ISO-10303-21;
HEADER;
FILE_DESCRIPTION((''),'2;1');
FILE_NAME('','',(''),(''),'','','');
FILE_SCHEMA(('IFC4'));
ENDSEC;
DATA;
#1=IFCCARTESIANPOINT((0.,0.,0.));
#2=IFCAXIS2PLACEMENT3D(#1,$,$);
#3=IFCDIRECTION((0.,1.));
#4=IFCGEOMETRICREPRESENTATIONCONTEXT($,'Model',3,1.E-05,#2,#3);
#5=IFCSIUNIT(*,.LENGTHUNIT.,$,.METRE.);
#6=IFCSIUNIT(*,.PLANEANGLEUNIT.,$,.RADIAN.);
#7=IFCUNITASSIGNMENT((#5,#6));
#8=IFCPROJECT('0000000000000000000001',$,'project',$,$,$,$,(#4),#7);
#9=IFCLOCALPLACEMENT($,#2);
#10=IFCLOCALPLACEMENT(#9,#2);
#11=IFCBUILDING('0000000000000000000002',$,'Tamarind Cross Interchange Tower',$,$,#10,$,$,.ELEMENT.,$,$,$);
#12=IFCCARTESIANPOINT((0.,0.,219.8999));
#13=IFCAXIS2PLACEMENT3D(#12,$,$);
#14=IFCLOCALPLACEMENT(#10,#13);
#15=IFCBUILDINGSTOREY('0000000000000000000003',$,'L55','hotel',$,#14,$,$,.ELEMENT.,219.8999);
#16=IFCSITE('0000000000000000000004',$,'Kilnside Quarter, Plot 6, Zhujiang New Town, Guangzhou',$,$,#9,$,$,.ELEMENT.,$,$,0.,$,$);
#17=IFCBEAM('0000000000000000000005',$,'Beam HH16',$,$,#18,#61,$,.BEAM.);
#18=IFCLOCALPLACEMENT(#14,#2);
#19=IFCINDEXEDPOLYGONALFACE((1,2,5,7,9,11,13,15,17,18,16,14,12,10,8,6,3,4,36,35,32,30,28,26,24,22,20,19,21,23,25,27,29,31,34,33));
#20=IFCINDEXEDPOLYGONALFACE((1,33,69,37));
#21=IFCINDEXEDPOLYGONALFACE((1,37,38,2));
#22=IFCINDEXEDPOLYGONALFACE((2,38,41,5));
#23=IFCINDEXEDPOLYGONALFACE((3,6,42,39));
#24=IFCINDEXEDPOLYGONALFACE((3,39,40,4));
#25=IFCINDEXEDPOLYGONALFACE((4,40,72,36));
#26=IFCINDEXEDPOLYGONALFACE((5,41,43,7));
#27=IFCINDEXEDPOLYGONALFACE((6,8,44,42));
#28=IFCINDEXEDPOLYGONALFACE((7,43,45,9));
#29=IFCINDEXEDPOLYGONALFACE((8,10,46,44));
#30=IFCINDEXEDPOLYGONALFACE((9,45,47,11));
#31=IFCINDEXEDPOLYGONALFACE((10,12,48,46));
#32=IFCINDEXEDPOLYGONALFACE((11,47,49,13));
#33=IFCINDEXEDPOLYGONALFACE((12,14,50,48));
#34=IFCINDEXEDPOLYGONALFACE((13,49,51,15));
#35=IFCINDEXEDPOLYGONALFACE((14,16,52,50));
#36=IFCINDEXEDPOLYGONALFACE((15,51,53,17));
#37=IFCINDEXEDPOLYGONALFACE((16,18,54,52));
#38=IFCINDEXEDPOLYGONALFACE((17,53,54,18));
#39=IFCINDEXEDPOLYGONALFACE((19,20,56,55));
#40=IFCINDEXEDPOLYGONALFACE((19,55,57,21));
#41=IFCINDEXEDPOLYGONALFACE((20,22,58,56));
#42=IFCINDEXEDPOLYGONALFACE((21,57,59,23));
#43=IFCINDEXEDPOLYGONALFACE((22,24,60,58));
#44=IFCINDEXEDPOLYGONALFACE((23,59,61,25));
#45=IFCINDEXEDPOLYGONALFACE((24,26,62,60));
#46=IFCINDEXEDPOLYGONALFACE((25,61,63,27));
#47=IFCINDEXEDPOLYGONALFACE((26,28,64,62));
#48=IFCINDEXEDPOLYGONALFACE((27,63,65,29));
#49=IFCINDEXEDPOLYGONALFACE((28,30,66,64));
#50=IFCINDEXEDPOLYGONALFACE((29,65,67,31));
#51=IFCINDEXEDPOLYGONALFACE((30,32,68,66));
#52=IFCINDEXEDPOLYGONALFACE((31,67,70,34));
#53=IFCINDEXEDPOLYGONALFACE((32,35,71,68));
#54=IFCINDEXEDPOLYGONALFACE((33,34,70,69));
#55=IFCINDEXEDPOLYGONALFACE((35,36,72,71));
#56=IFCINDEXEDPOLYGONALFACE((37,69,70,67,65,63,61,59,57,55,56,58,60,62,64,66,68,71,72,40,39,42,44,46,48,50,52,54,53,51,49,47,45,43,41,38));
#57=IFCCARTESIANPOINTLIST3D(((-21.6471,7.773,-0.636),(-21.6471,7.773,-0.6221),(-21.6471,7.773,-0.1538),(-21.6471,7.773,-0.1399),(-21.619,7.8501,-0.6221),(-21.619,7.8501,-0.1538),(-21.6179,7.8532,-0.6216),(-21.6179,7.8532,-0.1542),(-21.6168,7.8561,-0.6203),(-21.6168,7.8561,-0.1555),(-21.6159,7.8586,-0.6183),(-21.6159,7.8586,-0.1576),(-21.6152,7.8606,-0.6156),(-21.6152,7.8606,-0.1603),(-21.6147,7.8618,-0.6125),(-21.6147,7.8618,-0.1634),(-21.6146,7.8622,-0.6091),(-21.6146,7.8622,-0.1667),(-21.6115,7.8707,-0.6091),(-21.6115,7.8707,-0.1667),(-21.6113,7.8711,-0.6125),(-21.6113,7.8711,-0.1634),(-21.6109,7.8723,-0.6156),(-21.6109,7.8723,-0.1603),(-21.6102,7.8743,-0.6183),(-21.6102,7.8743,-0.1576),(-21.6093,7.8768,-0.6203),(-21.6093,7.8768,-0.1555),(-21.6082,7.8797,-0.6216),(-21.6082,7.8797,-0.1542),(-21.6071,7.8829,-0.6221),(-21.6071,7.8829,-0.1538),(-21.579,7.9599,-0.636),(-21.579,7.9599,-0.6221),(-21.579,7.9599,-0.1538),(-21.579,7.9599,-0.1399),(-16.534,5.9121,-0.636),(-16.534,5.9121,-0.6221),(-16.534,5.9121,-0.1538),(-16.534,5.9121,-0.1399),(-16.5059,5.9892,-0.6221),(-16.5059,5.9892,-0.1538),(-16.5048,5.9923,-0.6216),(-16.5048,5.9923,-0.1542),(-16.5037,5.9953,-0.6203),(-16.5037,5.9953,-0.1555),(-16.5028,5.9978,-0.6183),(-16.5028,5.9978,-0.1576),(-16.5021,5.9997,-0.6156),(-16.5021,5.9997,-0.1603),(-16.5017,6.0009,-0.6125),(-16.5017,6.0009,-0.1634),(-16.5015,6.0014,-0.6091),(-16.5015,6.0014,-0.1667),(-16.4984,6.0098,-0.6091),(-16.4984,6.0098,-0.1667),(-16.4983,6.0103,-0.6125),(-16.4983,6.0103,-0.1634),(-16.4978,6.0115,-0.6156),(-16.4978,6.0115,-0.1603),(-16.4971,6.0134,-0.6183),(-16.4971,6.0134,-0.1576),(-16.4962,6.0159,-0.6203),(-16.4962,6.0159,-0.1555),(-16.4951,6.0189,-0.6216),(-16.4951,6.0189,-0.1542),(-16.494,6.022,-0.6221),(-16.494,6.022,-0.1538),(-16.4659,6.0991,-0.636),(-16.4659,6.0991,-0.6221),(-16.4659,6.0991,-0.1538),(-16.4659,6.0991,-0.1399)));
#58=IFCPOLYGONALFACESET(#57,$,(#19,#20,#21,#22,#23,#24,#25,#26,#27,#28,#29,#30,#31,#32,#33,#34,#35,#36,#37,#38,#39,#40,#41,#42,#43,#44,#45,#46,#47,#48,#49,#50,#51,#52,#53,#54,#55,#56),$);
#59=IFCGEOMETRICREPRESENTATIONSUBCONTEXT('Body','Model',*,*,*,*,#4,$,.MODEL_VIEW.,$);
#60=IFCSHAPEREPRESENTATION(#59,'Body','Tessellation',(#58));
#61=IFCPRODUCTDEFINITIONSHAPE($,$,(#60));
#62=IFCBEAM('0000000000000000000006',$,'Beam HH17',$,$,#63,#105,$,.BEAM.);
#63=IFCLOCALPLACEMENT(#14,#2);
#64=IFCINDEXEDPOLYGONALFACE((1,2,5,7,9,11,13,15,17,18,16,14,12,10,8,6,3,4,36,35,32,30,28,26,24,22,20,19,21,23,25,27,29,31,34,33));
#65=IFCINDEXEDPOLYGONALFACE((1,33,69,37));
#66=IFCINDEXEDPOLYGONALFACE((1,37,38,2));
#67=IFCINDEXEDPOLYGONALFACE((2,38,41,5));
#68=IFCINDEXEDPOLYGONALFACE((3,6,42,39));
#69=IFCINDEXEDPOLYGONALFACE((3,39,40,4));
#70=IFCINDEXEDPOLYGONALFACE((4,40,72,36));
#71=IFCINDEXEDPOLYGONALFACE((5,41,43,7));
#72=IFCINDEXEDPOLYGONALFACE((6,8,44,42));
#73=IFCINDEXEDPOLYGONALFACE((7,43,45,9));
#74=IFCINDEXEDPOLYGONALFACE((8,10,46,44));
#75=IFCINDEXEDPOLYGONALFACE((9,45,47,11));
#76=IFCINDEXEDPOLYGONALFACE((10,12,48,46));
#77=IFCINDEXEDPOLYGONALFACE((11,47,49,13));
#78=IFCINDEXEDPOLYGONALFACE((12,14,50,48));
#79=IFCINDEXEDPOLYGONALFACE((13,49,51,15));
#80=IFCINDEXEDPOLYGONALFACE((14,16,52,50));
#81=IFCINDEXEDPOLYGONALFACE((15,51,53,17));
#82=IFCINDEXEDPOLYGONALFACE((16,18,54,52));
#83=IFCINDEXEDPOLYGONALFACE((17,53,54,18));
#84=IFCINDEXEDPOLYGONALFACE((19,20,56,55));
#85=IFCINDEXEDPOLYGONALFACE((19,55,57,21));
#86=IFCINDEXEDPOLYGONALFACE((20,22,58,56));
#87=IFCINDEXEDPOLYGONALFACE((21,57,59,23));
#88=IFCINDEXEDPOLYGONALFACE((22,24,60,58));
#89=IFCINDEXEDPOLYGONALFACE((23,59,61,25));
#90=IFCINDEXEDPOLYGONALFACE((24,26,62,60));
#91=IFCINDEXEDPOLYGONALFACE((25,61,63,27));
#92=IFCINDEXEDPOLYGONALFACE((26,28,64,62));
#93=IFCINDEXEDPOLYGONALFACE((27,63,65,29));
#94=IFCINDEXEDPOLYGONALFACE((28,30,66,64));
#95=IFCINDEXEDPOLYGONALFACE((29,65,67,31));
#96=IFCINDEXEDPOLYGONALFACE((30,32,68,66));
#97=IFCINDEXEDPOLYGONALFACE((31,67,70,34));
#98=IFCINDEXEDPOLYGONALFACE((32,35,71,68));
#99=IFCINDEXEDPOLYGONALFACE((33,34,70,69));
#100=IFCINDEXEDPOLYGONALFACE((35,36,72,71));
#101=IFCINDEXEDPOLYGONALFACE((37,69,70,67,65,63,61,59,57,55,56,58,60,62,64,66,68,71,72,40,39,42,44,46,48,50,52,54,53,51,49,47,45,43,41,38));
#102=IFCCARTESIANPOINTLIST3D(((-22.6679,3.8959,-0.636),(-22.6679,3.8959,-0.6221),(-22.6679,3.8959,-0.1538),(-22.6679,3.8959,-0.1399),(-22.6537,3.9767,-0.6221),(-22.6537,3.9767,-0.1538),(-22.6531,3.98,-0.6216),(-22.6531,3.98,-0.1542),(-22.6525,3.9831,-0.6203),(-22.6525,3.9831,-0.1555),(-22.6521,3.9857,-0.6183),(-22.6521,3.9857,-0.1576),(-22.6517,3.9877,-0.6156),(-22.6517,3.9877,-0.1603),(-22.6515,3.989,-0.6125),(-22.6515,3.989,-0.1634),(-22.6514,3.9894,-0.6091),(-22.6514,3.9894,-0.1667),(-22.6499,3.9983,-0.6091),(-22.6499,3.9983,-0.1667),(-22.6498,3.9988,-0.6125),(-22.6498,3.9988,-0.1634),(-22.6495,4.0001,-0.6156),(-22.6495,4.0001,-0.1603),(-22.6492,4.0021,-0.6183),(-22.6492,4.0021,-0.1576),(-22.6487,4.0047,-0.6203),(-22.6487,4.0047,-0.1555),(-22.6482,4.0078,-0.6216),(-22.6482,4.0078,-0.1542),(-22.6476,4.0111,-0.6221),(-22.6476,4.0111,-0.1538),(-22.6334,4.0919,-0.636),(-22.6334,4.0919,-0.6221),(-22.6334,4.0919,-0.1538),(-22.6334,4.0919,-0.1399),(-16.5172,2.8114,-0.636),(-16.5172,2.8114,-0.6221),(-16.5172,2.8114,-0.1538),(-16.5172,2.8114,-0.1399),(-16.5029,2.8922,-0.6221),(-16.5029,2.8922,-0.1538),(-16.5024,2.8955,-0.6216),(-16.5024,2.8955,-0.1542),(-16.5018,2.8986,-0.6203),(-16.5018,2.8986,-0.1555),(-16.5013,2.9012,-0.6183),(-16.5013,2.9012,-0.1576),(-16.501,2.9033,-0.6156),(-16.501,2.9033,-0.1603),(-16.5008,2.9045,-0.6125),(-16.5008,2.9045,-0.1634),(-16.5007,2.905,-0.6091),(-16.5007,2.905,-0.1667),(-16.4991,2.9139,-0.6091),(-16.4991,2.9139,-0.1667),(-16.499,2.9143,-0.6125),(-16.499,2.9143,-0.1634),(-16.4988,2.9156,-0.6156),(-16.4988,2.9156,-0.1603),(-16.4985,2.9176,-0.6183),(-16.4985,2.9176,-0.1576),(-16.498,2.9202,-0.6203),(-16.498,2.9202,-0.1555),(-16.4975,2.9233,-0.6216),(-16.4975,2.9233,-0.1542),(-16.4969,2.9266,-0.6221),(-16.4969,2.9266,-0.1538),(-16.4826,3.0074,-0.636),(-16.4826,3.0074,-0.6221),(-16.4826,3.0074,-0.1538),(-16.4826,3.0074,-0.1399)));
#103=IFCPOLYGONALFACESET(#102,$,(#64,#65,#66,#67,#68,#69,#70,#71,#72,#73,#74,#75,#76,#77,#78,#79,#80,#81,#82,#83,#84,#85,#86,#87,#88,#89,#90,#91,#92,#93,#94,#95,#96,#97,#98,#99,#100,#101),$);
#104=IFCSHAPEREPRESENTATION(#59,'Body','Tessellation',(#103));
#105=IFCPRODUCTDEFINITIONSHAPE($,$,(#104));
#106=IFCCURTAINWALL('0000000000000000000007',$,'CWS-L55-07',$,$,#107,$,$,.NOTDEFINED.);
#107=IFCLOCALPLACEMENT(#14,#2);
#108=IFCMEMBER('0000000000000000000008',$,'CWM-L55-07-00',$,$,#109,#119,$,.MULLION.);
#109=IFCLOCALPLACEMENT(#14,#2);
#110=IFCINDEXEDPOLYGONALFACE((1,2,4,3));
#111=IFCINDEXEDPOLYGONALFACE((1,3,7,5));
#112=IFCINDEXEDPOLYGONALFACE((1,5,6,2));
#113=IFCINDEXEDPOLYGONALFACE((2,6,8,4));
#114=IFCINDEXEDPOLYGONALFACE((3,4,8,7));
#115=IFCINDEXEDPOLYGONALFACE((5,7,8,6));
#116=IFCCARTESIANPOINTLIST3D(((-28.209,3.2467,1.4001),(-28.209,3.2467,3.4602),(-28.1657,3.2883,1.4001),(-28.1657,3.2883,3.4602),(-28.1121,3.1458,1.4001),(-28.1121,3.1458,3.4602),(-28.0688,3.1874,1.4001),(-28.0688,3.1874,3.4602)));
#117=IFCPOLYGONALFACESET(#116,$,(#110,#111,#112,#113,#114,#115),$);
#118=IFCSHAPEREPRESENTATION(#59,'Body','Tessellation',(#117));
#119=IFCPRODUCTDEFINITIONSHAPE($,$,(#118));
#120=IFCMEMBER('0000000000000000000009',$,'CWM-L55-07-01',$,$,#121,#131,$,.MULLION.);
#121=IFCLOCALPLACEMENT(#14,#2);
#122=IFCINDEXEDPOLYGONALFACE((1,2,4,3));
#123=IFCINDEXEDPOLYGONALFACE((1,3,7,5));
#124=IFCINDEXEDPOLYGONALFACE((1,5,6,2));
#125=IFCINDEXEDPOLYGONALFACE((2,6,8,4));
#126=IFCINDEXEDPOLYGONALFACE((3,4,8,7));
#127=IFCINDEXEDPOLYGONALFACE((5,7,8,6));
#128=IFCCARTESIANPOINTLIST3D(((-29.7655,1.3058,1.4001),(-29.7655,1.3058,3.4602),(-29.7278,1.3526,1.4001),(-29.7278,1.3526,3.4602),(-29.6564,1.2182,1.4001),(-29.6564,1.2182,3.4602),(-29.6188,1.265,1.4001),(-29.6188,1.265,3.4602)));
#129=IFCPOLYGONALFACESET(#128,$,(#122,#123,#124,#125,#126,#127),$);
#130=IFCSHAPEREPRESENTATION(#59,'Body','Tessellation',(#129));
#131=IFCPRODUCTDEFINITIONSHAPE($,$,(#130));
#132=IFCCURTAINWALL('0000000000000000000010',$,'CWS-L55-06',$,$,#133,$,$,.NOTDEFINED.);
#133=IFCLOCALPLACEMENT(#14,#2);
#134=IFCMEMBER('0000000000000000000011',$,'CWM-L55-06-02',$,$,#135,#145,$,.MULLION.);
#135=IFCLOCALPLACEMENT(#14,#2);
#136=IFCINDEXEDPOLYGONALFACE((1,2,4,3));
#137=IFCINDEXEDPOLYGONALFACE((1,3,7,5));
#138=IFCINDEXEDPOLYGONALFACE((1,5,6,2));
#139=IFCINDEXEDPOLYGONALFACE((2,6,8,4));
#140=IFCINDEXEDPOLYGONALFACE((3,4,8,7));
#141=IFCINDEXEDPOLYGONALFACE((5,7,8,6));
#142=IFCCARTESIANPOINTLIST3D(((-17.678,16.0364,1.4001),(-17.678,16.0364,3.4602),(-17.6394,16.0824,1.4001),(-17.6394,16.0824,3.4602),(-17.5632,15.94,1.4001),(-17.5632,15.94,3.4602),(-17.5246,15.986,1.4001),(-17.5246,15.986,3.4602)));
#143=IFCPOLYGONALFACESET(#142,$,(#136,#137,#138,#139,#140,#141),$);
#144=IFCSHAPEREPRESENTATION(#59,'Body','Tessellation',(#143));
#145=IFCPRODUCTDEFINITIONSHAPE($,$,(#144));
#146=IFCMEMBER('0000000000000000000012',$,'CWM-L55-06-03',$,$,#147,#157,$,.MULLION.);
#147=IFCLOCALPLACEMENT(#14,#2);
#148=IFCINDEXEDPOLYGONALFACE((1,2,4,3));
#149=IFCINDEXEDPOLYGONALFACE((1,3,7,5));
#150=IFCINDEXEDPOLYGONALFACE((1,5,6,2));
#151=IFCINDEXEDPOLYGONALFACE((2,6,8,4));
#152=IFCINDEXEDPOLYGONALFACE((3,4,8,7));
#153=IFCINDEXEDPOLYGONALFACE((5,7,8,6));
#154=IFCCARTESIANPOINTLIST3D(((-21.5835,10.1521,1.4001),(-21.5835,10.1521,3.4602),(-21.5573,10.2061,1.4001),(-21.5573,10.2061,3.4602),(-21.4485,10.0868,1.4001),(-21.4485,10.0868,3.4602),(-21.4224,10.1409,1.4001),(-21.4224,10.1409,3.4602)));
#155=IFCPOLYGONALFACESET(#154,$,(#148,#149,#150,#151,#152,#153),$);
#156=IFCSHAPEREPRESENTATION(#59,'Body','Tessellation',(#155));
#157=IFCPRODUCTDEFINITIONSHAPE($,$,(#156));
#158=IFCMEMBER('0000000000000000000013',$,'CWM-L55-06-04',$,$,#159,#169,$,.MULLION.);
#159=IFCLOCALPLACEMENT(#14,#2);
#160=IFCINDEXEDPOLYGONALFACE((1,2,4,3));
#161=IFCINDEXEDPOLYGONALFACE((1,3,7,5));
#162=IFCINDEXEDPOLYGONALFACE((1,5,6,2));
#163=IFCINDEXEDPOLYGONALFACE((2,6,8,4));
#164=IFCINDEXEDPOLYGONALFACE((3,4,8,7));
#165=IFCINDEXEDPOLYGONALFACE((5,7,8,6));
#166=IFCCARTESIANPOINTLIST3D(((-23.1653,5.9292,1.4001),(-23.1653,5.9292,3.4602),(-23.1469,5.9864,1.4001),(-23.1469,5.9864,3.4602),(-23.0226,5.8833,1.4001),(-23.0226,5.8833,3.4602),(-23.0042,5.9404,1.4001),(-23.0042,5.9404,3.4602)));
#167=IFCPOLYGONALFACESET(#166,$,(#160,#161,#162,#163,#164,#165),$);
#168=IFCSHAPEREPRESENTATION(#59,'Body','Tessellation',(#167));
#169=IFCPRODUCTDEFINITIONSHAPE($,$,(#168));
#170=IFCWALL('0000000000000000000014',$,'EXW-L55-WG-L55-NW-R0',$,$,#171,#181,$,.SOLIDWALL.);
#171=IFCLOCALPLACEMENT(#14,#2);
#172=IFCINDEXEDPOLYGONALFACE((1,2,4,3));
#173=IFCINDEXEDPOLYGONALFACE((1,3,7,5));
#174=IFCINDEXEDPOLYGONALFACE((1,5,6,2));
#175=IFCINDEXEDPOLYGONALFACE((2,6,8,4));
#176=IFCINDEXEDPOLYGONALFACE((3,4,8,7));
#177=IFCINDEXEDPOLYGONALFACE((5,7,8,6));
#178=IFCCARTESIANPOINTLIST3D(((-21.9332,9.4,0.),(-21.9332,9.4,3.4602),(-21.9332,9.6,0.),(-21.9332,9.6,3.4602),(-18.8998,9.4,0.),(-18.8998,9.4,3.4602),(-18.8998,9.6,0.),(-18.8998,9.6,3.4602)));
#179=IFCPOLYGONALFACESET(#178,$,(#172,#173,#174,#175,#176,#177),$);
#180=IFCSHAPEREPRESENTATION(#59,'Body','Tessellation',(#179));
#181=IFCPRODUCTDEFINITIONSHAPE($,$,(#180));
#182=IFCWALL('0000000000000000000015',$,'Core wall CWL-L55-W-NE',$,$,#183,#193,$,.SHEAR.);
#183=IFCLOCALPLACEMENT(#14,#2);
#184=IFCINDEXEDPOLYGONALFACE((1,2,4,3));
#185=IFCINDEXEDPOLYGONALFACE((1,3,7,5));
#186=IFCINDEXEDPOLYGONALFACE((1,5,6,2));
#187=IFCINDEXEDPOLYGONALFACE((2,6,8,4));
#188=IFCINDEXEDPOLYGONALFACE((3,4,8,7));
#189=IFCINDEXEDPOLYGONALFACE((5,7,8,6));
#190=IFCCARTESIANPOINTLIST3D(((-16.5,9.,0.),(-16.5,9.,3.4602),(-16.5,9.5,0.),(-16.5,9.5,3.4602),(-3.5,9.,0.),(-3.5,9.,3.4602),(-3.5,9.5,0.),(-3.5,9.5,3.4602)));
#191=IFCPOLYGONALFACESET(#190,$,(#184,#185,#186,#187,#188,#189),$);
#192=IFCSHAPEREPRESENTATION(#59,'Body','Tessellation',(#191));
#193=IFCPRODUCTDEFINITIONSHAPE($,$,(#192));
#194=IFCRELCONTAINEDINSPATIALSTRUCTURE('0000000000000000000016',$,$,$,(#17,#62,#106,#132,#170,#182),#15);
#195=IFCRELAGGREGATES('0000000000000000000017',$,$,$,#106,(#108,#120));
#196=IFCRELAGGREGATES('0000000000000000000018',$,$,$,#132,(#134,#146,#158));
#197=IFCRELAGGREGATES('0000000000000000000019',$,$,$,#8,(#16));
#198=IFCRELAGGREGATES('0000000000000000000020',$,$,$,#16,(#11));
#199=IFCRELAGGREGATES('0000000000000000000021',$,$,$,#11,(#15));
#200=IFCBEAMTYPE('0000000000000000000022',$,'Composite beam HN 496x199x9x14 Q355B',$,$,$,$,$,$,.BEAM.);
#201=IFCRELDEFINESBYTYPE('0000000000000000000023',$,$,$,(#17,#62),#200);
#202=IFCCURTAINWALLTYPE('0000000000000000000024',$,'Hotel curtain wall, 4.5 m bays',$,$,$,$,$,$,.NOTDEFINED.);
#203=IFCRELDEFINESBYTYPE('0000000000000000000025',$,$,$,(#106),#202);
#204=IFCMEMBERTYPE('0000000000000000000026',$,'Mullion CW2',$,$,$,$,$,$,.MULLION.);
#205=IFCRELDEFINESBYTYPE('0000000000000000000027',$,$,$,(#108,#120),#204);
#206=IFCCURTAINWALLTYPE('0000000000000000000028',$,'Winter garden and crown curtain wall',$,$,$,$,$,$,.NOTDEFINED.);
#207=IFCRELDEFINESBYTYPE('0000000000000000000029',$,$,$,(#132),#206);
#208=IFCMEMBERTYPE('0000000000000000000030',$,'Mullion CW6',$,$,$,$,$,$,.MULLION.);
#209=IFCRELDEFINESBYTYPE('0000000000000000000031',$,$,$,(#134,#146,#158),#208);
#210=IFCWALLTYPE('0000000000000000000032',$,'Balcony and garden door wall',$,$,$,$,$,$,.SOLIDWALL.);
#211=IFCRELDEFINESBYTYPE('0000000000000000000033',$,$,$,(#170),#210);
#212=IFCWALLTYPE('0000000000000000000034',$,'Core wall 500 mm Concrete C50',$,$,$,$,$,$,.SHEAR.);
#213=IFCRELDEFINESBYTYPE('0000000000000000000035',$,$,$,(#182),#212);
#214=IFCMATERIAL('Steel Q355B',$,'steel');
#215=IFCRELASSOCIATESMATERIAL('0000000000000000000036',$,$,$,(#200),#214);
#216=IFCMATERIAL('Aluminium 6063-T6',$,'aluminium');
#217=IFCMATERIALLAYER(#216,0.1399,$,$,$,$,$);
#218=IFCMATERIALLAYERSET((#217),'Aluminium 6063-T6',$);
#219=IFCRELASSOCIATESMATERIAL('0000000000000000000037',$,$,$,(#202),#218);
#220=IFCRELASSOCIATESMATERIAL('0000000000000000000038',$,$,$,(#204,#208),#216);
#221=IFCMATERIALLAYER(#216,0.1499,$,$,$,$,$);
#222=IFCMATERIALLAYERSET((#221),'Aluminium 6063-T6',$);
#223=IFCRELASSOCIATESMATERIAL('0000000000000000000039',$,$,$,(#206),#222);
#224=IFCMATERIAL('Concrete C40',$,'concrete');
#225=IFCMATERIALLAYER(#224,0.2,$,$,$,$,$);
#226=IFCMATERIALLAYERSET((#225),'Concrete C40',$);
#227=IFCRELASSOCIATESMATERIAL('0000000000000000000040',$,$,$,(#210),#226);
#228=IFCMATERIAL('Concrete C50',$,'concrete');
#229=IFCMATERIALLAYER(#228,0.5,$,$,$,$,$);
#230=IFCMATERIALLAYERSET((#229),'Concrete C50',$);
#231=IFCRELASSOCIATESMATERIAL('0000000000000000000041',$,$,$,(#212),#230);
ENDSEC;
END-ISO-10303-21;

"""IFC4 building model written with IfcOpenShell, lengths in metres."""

from ifc_helpers import new_model, si_unit, direction, frame, frame_2d, origin, origin_2d, place, context, subcontext, project, spatial, rectangle, i_section, extrude, material, layer, layer_set, material_profile, profile_set, type_object, element, aggregate, save


model = new_model("IFC4")

# Units and contexts
model_context = context("Model", 3, precision=1e-05, world=origin(), true_north=direction((0.0, 1.0)))
body_context = subcontext(model_context, "Body", "Model", "MODEL_VIEW")
ifc_project = project(units=[si_unit("LENGTHUNIT", "METRE"), si_unit("PLANEANGLEUNIT", "RADIAN")], contexts=[model_context])

# Site, building, storey
site_placement = place(None, origin())
site = spatial("IfcSite", under=ifc_project, at=site_placement, Name="Kilnside Quarter, Plot 6, Zhujiang New Town, Guangzhou", CompositionType="ELEMENT", RefElevation=0.0)
building_placement = place(site_placement, origin())
building = spatial("IfcBuilding", under=site, at=building_placement, Name="Tamarind Cross Interchange Tower", CompositionType="ELEMENT")
storey_placement = place(building_placement, frame((0.0, 0.0, 219.8999)))
storey = spatial("IfcBuildingStorey", under=building, at=storey_placement, Name="L55", Description="hotel", CompositionType="ELEMENT", Elevation=219.8999)

# Shared definitions
ifc_material_1 = material(Name="Concrete C50", Category="concrete")

# Beams
ifc_material_2 = material(Name="Steel Q355B", Category="steel")
ifc_material_profile_1 = material_profile(ifc_material_2, i_section(OverallWidth=0.199, OverallDepth=0.4961, WebThickness=0.009, FlangeThickness=0.0139, FilletRadius=0.0129, at=origin_2d()), Name="HN 496x199x9x14")
ifc_profile_set_1 = profile_set([ifc_material_profile_1], Name="Steel Q355B")
beam_type = type_object("IfcBeamType", Name="Composite beam HN 496x199x9x14 Q355B", PredefinedType="BEAM", material=ifc_profile_set_1)
beam_1_placement = place(storey_placement, frame((-21.613, 7.8665, -0.3879), z_axis=(0.939702, -0.341995, 0.0), x_axis=(0.341995, 0.939702, 0.0)))
element("IfcBeam", 1, at=beam_1_placement, inside=storey, type_object=beam_type, Name="Beam HH16", PredefinedType="BEAM", context=body_context, shape_type="SweptSolid", body=[
    extrude(i_section(OverallWidth=0.199, OverallDepth=0.4961, WebThickness=0.009, FlangeThickness=0.0139, FilletRadius=0.0129, at=origin_2d()), origin(), (0.0, 0.0, 1.0), 5.4412),
])
beam_2_placement = place(storey_placement, frame((-22.6506, 3.9939, -0.3879), z_axis=(0.984809, -0.17364, 0.0), x_axis=(0.17364, 0.984809, 0.0)))
element("IfcBeam", 2, at=beam_2_placement, inside=storey, type_object=beam_type, Name="Beam HH17", PredefinedType="BEAM", context=body_context, shape_type="SweptSolid", body=[
    extrude(i_section(OverallWidth=0.199, OverallDepth=0.4961, WebThickness=0.009, FlangeThickness=0.0139, FilletRadius=0.0129, at=origin_2d()), origin(), (0.0, 0.0, 1.0), 6.2456),
])

# Curtain walls, members
ifc_material_3 = material(Name="Aluminium 6063-T6", Category="aluminium")
ifc_layer_1 = layer(ifc_material_3, 0.1399)
ifc_layer_set_1 = layer_set([ifc_layer_1], Name="Aluminium 6063-T6")
curtain_wall_type_1 = type_object("IfcCurtainWallType", Name="Hotel curtain wall, 4.5 m bays", PredefinedType="NOTDEFINED", material=ifc_layer_set_1)
curtain_wall_1_placement = place(storey_placement, origin())
curtain_wall_1 = element("IfcCurtainWall", 3, at=curtain_wall_1_placement, inside=storey, type_object=curtain_wall_type_1, Name="CWS-L55-07", PredefinedType="NOTDEFINED")
ifc_material_profile_2 = material_profile(ifc_material_3, rectangle(XDim=0.0601, YDim=0.1399, at=origin_2d()), Name="Mullion CW2")
ifc_profile_set_2 = profile_set([ifc_material_profile_2], Name="Aluminium 6063-T6")
member_type_1 = type_object("IfcMemberType", Name="Mullion CW2", PredefinedType="MULLION", material=ifc_profile_set_2)
member_1_placement = place(storey_placement, frame((-28.1389, 3.217, 1.4001), z_axis=(0.0, 0.0, 1.0), x_axis=(-0.721207, -0.692719, 0.0)))
member_1 = element("IfcMember", 4, at=member_1_placement, type_object=member_type_1, Name="CWM-L55-07-00", PredefinedType="MULLION", context=body_context, shape_type="SweptSolid", body=[
    extrude(rectangle(XDim=0.0601, YDim=0.1399, at=origin_2d()), origin(), (0.0, 0.0, 1.0), 2.0601),
])
member_2_placement = place(storey_placement, frame((-29.6921, 1.2854, 1.4001), z_axis=(0.0, 0.0, 1.0), x_axis=(-0.626669, -0.779285, 0.0)))
member_2 = element("IfcMember", 5, at=member_2_placement, type_object=member_type_1, Name="CWM-L55-07-01", PredefinedType="MULLION", context=body_context, shape_type="SweptSolid", body=[
    extrude(rectangle(XDim=0.0601, YDim=0.1399, at=origin_2d()), origin(), (0.0, 0.0, 1.0), 2.0601),
])
aggregate(curtain_wall_1, [member_1, member_2])
ifc_layer_2 = layer(ifc_material_3, 0.1499)
ifc_layer_set_2 = layer_set([ifc_layer_2], Name="Aluminium 6063-T6")
curtain_wall_type_2 = type_object("IfcCurtainWallType", Name="Winter garden and crown curtain wall", PredefinedType="NOTDEFINED", material=ifc_layer_set_2)
curtain_wall_2_placement = place(storey_placement, origin())
curtain_wall_2 = element("IfcCurtainWall", 6, at=curtain_wall_2_placement, inside=storey, type_object=curtain_wall_type_2, Name="CWS-L55-06", PredefinedType="NOTDEFINED")
ifc_material_profile_3 = material_profile(ifc_material_3, rectangle(XDim=0.0601, YDim=0.1499, at=origin_2d()), Name="Mullion CW6")
ifc_profile_set_3 = profile_set([ifc_material_profile_3], Name="Aluminium 6063-T6")
member_type_2 = type_object("IfcMemberType", Name="Mullion CW6", PredefinedType="MULLION", material=ifc_profile_set_3)
member_3_placement = place(storey_placement, frame((-17.6013, 16.0112, 1.4001), z_axis=(0.0, 0.0, 1.0), x_axis=(-0.643009, -0.765858, 0.0)))
member_3 = element("IfcMember", 7, at=member_3_placement, type_object=member_type_2, Name="CWM-L55-06-02", PredefinedType="MULLION", context=body_context, shape_type="SweptSolid", body=[
    extrude(rectangle(XDim=0.0601, YDim=0.1499, at=origin_2d()), origin(), (0.0, 0.0, 1.0), 2.0601),
])
member_4_placement = place(storey_placement, frame((-21.5029, 10.1465, 1.4001), z_axis=(0.0, 0.0, 1.0), x_axis=(-0.435326, -0.900273, 0.0)))
member_4 = element("IfcMember", 8, at=member_4_placement, type_object=member_type_2, Name="CWM-L55-06-03", PredefinedType="MULLION", context=body_context, shape_type="SweptSolid", body=[
    extrude(rectangle(XDim=0.0601, YDim=0.1499, at=origin_2d()), origin(), (0.0, 0.0, 1.0), 2.0601),
])
member_5_placement = place(storey_placement, frame((-23.0847, 5.9348, 1.4001), z_axis=(0.0, 0.0, 1.0), x_axis=(-0.306225, -0.951959, 0.0)))
member_5 = element("IfcMember", 9, at=member_5_placement, type_object=member_type_2, Name="CWM-L55-06-04", PredefinedType="MULLION", context=body_context, shape_type="SweptSolid", body=[
    extrude(rectangle(XDim=0.0601, YDim=0.1499, at=origin_2d()), origin(), (0.0, 0.0, 1.0), 2.0601),
])
aggregate(curtain_wall_2, [member_3, member_4, member_5])

# Shared definitions
ifc_material_4 = material(Name="Concrete C40", Category="concrete")
ifc_layer_3 = layer(ifc_material_4, 0.2)
ifc_layer_set_3 = layer_set([ifc_layer_3], Name="Concrete C40")
wall_type_1 = type_object("IfcWallType", Name="Balcony and garden door wall", PredefinedType="SOLIDWALL", material=ifc_layer_set_3)

# Walls
wall_1_placement = place(storey_placement, frame((-18.8999, 9.5, 0.0), z_axis=(0.0, 0.0, 1.0), x_axis=(-1.0, 0.0, 0.0)))
element("IfcWall", 10, at=wall_1_placement, inside=storey, type_object=wall_type_1, Name="EXW-L55-WG-L55-NW-R0", PredefinedType="SOLIDWALL", context=body_context, shape_type="SweptSolid", body=[
    extrude(rectangle(XDim=3.0334, YDim=0.2, at=frame_2d((1.5166, 0.0))), origin(), (0.0, 0.0, 1.0), 3.4602),
])
ifc_layer_4 = layer(ifc_material_1, 0.5)
ifc_layer_set_4 = layer_set([ifc_layer_4], Name="Concrete C50")
wall_type_2 = type_object("IfcWallType", Name="Core wall 500 mm Concrete C50", PredefinedType="SHEAR", material=ifc_layer_set_4)
wall_2_placement = place(storey_placement, frame((-16.5, 9.25, 0.0), z_axis=(0.0, 0.0, 1.0), x_axis=(1.0, 0.0, 0.0)))
element("IfcWall", 11, at=wall_2_placement, inside=storey, type_object=wall_type_2, Name="Core wall CWL-L55-W-NE", PredefinedType="SHEAR", context=body_context, shape_type="SweptSolid", body=[
    extrude(rectangle(XDim=13.0, YDim=0.5, at=frame_2d((6.5, 0.0))), origin(), (0.0, 0.0, 1.0), 3.4602),
])

save(model, "model.ifc")
